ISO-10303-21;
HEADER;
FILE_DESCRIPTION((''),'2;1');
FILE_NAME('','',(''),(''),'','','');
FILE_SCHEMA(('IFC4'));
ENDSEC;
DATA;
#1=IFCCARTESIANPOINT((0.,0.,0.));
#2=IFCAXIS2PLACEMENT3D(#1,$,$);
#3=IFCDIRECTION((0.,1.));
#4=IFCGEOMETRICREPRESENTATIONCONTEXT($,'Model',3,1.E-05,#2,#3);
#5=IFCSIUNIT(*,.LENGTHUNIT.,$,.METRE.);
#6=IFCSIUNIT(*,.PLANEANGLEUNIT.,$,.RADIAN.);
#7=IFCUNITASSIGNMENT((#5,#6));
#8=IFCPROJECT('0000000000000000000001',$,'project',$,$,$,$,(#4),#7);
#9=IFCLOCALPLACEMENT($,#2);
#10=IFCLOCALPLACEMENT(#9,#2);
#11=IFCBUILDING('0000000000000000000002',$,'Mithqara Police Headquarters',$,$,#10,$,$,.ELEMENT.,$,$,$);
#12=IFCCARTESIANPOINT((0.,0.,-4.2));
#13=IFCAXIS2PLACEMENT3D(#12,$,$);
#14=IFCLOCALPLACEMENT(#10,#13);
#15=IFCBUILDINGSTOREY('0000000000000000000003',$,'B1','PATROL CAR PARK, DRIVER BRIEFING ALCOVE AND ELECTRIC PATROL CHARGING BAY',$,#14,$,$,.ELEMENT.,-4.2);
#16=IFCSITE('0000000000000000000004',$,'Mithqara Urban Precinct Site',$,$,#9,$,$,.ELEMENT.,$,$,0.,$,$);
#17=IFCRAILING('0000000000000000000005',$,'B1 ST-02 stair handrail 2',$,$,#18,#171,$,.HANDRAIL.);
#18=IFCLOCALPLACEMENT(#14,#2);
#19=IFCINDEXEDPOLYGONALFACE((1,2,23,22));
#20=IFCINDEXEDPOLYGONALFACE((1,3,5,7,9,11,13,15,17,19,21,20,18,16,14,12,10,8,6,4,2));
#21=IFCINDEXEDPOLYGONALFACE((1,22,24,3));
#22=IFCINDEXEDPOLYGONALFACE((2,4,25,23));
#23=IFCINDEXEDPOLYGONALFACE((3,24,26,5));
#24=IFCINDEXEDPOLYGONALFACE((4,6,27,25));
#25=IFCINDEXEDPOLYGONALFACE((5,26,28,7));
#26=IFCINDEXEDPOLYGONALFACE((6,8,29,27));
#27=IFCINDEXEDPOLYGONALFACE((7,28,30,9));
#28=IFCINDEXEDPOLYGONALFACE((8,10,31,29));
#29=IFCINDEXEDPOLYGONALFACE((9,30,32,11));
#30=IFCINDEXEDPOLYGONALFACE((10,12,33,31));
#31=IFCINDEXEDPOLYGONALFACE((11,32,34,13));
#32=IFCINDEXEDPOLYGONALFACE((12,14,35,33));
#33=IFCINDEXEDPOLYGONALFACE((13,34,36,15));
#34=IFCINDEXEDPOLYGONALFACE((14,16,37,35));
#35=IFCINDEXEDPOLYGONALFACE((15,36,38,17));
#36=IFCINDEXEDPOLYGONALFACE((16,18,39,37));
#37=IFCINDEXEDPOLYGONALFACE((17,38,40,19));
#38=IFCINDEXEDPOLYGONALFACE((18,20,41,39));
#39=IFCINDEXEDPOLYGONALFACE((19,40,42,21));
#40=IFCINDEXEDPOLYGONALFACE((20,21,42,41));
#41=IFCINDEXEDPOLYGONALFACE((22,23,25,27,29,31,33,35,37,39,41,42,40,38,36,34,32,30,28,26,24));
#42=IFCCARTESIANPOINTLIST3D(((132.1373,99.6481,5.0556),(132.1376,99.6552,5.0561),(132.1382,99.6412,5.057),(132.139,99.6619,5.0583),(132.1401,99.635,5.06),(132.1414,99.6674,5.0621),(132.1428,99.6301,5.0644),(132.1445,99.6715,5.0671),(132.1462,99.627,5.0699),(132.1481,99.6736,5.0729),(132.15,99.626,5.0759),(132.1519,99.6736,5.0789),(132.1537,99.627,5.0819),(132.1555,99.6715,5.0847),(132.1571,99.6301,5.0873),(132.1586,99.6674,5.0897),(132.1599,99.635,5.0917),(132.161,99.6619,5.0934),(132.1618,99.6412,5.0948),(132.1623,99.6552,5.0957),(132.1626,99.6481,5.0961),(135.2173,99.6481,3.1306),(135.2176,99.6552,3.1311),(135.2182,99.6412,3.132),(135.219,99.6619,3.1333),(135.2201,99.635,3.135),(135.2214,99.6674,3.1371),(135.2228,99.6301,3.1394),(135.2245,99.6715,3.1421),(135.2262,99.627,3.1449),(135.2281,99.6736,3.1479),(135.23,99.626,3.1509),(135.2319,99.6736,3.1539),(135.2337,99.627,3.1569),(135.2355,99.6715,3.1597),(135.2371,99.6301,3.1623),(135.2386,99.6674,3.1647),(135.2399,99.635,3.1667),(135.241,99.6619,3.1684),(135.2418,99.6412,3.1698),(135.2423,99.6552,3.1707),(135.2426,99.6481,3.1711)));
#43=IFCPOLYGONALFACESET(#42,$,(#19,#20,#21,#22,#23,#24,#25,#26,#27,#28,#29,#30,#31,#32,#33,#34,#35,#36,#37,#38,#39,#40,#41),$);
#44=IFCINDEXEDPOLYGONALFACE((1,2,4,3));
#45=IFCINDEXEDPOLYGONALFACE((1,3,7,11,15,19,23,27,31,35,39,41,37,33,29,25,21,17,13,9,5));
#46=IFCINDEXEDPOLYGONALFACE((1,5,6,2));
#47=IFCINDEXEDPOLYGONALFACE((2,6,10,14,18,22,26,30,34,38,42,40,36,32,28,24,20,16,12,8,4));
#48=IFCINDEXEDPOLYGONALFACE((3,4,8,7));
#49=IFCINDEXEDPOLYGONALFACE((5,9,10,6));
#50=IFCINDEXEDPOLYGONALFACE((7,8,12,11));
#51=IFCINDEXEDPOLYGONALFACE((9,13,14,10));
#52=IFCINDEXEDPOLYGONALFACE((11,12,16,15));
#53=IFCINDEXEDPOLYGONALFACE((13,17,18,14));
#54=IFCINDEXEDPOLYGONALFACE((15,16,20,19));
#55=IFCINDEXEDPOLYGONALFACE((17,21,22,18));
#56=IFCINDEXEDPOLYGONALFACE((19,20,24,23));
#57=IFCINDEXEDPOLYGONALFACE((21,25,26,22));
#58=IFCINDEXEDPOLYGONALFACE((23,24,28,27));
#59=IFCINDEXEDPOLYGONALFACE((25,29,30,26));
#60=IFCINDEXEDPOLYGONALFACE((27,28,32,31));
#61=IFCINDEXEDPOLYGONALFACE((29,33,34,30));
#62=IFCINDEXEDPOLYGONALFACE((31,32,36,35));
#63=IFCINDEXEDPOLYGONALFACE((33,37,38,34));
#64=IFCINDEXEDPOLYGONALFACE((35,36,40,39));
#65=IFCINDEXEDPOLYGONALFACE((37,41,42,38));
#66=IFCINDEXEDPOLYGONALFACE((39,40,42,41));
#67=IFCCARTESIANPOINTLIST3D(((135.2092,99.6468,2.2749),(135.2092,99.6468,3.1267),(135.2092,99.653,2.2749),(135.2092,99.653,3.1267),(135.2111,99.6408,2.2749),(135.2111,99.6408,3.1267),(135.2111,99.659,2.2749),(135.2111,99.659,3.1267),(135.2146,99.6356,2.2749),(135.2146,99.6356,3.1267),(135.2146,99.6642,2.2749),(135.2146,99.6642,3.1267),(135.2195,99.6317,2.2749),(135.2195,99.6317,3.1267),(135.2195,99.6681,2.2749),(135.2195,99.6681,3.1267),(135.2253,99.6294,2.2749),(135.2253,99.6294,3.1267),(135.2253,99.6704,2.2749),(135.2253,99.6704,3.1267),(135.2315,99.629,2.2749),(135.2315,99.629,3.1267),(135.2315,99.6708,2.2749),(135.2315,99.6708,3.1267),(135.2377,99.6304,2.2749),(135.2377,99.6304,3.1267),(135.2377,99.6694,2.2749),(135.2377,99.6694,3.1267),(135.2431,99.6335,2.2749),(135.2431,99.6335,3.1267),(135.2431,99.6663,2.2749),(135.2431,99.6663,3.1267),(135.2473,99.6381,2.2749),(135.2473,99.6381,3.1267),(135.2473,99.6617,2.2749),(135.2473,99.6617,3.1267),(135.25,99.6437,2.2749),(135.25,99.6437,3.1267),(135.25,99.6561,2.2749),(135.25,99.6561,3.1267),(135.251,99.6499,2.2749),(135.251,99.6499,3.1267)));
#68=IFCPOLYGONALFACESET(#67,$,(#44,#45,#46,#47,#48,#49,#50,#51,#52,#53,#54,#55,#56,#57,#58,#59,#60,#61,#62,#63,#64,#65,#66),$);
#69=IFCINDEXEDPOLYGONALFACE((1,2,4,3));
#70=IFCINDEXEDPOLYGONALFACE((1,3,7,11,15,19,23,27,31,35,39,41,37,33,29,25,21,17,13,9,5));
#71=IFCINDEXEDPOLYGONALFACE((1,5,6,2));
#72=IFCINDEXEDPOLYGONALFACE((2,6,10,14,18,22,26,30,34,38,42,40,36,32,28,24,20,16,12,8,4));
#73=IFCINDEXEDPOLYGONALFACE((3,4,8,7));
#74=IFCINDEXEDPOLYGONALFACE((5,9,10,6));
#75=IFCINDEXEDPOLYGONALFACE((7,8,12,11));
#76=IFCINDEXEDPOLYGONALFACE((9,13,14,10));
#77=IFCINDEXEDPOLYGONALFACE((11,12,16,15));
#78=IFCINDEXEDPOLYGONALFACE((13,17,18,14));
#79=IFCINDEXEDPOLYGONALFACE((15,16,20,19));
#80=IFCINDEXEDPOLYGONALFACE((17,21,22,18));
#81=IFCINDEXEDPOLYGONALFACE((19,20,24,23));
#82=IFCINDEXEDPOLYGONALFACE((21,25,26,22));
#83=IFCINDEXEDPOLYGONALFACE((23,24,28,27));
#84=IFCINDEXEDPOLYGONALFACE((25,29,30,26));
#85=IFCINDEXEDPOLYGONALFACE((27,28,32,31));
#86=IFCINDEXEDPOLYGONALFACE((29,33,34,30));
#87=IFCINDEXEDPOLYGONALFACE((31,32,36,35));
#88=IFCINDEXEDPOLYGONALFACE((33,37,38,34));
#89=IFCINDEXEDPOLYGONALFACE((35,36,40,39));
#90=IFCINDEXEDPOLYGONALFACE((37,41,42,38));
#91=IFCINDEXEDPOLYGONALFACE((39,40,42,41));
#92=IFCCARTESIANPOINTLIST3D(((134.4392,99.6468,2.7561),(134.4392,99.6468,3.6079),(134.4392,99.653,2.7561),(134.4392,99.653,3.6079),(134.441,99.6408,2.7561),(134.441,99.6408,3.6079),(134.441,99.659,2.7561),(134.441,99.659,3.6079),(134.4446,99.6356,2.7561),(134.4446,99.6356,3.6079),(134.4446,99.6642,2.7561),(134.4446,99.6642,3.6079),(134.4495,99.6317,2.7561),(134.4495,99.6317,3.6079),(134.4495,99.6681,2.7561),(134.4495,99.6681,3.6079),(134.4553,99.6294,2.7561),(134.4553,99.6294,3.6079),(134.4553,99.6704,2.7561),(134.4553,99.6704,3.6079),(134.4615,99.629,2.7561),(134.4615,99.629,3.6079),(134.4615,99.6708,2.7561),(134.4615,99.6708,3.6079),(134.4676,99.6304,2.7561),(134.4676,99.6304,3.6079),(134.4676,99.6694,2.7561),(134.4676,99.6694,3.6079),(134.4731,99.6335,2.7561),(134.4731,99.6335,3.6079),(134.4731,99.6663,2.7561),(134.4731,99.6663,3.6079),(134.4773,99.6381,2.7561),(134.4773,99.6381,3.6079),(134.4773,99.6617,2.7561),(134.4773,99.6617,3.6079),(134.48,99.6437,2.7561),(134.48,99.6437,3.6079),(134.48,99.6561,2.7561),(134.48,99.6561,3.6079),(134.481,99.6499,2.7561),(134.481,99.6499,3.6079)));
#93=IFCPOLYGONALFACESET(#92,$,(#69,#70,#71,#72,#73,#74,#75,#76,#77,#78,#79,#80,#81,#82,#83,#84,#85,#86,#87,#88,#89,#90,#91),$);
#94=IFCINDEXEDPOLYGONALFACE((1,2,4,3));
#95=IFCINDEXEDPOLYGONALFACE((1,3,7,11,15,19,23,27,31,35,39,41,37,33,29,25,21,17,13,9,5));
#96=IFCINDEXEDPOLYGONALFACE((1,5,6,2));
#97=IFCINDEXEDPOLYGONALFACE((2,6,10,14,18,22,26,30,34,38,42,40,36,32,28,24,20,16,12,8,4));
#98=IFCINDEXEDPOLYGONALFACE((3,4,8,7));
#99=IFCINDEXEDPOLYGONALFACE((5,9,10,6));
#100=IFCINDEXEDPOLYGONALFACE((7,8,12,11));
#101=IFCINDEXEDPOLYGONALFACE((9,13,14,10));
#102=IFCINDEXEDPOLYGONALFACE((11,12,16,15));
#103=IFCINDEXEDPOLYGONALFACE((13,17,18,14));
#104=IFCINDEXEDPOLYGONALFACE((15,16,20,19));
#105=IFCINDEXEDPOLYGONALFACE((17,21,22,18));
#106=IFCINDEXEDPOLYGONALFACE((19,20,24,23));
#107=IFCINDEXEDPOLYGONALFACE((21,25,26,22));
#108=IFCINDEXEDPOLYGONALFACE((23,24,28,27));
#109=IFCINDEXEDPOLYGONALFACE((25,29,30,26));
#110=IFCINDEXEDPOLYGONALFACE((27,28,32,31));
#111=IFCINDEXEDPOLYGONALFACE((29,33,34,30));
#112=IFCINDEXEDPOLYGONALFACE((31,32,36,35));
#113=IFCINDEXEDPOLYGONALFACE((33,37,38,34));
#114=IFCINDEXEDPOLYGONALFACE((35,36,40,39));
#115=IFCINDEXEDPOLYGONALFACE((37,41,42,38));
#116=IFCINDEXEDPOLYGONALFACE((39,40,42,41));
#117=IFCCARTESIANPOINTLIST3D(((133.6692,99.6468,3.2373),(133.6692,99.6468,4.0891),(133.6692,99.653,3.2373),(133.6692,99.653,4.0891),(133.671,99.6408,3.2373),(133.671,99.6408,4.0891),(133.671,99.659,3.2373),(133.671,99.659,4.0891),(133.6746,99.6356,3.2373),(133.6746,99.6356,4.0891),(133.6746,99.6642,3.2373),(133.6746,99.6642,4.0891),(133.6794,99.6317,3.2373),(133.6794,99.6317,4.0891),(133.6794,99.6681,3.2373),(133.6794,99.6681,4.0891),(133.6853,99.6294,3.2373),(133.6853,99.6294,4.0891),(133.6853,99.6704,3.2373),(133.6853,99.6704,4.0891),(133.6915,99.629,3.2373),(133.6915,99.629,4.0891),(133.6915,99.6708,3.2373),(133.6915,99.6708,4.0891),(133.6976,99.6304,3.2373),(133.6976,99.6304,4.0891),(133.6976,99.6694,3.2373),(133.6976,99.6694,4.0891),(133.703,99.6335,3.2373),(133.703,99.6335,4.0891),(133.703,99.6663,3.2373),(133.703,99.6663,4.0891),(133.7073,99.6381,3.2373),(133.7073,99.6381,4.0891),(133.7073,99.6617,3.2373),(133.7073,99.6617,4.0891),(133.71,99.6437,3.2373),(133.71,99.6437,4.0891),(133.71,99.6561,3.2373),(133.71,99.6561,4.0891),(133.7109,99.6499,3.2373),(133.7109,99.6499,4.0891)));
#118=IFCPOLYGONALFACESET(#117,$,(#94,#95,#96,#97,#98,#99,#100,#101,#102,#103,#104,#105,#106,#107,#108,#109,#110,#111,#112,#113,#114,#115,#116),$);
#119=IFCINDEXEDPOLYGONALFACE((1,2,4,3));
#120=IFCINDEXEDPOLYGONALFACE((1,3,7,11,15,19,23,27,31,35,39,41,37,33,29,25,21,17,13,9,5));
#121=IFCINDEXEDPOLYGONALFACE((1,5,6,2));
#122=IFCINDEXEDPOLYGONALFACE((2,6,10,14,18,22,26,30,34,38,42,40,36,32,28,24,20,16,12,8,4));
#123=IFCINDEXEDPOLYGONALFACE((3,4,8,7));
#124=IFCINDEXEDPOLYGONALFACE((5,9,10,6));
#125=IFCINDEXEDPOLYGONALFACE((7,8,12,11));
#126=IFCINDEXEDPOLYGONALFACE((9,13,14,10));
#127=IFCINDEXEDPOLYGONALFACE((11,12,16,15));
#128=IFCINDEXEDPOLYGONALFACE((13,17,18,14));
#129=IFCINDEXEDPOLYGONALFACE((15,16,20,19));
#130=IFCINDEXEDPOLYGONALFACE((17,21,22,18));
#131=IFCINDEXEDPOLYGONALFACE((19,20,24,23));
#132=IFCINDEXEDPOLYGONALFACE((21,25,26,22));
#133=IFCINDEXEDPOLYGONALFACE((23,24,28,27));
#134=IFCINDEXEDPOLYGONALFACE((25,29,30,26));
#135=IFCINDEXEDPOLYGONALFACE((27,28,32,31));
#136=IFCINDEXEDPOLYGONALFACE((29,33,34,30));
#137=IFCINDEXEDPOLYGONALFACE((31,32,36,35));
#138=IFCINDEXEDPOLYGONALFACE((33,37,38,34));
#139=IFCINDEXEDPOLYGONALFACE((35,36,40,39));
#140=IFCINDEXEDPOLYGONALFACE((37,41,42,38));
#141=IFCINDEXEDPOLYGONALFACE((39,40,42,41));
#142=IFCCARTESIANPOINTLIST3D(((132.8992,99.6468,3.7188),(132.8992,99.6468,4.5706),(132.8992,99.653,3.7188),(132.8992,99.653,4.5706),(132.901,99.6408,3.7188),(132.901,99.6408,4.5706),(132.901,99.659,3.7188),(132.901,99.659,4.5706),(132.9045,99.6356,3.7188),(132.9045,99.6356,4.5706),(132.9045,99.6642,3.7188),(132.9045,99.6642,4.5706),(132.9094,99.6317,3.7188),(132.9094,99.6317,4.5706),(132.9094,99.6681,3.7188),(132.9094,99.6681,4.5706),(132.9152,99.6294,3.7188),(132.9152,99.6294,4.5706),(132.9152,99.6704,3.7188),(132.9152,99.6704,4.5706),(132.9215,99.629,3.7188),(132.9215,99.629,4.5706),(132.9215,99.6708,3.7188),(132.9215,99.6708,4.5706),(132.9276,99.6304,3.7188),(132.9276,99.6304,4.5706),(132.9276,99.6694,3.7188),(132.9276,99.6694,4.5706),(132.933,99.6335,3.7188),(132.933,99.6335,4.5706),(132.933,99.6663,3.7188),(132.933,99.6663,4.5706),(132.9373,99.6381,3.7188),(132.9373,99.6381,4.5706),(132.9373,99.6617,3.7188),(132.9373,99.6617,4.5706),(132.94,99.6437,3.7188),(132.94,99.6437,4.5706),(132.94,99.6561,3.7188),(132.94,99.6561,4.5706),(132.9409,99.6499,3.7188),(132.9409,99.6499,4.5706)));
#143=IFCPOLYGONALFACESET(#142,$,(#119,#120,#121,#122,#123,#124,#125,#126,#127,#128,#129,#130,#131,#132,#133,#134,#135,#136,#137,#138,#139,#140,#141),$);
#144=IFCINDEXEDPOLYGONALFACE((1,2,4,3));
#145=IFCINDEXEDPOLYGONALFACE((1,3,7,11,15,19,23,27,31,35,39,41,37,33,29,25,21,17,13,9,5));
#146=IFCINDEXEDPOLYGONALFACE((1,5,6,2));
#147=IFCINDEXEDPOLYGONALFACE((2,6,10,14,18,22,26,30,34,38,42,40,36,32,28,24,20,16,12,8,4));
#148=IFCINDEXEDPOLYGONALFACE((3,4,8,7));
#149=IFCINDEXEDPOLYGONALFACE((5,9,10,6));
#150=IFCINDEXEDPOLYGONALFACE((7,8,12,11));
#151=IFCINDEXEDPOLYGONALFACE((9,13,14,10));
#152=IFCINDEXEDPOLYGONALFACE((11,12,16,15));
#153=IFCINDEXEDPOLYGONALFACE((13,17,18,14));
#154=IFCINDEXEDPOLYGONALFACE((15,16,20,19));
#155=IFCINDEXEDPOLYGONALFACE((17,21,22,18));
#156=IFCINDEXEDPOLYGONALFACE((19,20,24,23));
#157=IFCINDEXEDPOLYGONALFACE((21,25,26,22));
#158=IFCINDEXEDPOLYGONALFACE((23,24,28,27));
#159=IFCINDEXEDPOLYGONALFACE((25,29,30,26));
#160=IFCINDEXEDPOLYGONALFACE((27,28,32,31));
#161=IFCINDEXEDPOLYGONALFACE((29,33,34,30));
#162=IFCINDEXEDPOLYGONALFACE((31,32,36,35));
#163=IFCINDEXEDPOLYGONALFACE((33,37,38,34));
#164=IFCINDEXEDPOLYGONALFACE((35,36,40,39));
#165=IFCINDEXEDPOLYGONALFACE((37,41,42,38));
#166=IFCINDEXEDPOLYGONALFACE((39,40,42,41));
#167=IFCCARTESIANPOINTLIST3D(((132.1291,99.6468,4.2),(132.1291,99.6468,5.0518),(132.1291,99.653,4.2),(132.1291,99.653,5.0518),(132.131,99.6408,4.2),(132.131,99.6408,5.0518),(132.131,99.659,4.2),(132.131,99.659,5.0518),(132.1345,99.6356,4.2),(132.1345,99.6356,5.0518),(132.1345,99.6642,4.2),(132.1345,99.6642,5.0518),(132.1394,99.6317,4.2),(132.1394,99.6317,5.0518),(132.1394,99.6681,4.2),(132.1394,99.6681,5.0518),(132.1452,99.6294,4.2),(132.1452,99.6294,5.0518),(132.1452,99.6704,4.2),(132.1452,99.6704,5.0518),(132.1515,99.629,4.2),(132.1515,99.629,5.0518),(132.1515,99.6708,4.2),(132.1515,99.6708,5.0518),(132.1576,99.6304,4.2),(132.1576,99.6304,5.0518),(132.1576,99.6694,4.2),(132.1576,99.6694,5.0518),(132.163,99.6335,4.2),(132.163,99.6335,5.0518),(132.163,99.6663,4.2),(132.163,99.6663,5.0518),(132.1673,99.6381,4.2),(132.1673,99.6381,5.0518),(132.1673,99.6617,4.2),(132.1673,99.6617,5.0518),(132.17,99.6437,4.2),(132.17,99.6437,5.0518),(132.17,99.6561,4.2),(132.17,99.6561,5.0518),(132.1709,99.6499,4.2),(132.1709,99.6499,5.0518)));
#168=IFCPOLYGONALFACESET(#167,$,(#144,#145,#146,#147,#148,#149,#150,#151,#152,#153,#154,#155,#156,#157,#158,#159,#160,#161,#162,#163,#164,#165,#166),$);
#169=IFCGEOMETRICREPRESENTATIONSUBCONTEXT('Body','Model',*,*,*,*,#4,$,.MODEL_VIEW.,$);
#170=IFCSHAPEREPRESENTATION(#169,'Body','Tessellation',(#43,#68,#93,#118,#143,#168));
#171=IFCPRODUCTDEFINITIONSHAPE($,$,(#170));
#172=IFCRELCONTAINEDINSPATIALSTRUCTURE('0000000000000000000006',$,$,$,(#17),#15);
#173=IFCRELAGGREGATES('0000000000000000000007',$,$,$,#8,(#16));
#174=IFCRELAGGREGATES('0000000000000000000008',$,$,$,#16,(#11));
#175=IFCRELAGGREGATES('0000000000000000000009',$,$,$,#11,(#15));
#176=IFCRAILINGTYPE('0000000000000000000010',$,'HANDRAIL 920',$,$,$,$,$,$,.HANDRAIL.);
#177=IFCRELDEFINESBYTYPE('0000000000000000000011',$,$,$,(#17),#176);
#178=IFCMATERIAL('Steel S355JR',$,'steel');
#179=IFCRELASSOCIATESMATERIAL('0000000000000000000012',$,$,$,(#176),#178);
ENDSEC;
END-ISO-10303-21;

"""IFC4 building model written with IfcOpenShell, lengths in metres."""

from ifc_helpers import new_model, si_unit, direction, frame, origin, origin_2d, place, context, subcontext, project, spatial, circle, extrude, material, type_object, element, save


model = new_model("IFC4")

# Units and contexts
model_context = context("Model", 3, precision=1e-05, world=origin(), true_north=direction((0.0, 1.0)))
body_context = subcontext(model_context, "Body", "Model", "MODEL_VIEW")
ifc_project = project(units=[si_unit("LENGTHUNIT", "METRE"), si_unit("PLANEANGLEUNIT", "RADIAN")], contexts=[model_context])

# Site, building, storey
site_placement = place(None, origin())
site = spatial("IfcSite", under=ifc_project, at=site_placement, Name="Mithqara Urban Precinct Site", CompositionType="ELEMENT", RefElevation=0.0)
building_placement = place(site_placement, origin())
building = spatial("IfcBuilding", under=site, at=building_placement, Name="Mithqara Police Headquarters", CompositionType="ELEMENT")
storey_placement = place(building_placement, frame((0.0, 0.0, -4.2)))
storey = spatial("IfcBuildingStorey", under=building, at=storey_placement, Name="B1", Description="PATROL CAR PARK, DRIVER BRIEFING ALCOVE AND ELECTRIC PATROL CHARGING BAY", CompositionType="ELEMENT", Elevation=-4.2)

# Shared definitions
ifc_material_1 = material(Name="Steel S355JR", Category="steel")

# Railing
railing_type_1 = type_object("IfcRailingType", Name="HANDRAIL 920", PredefinedType="HANDRAIL", material=ifc_material_1)
railing_1_placement = place(storey_placement, frame((135.23, 99.6499, 2.2749)))
element("IfcRailing", 1, at=railing_1_placement, inside=storey, type_object=railing_type_1, Name="B1 ST-02 stair handrail 2", PredefinedType="HANDRAIL", context=body_context, shape_type="SweptSolid", body=[
    extrude(circle(Radius=0.0239, at=origin_2d()), frame((0.0, 0.0, 0.876), z_axis=(-0.847998, 0.0, 0.529999), x_axis=(0.0, -1.0, 0.0)), (0.0, 0.0, 1.0), 3.6321),
    extrude(circle(Radius=0.021, at=origin_2d()), origin(), (0.0, 0.0, 1.0), 0.8518),
    extrude(circle(Radius=0.021, at=origin_2d()), frame((-0.77, 0.0, 0.4812)), (0.0, 0.0, 1.0), 0.8518),
    extrude(circle(Radius=0.021, at=origin_2d()), frame((-1.54, 0.0, 0.9624)), (0.0, 0.0, 1.0), 0.8518),
    extrude(circle(Radius=0.021, at=origin_2d()), frame((-2.3101, 0.0, 1.4438)), (0.0, 0.0, 1.0), 0.8518),
    extrude(circle(Radius=0.021, at=origin_2d()), frame((-3.0801, 0.0, 1.925)), (0.0, 0.0, 1.0), 0.8518),
])

save(model, "model.ifc")
